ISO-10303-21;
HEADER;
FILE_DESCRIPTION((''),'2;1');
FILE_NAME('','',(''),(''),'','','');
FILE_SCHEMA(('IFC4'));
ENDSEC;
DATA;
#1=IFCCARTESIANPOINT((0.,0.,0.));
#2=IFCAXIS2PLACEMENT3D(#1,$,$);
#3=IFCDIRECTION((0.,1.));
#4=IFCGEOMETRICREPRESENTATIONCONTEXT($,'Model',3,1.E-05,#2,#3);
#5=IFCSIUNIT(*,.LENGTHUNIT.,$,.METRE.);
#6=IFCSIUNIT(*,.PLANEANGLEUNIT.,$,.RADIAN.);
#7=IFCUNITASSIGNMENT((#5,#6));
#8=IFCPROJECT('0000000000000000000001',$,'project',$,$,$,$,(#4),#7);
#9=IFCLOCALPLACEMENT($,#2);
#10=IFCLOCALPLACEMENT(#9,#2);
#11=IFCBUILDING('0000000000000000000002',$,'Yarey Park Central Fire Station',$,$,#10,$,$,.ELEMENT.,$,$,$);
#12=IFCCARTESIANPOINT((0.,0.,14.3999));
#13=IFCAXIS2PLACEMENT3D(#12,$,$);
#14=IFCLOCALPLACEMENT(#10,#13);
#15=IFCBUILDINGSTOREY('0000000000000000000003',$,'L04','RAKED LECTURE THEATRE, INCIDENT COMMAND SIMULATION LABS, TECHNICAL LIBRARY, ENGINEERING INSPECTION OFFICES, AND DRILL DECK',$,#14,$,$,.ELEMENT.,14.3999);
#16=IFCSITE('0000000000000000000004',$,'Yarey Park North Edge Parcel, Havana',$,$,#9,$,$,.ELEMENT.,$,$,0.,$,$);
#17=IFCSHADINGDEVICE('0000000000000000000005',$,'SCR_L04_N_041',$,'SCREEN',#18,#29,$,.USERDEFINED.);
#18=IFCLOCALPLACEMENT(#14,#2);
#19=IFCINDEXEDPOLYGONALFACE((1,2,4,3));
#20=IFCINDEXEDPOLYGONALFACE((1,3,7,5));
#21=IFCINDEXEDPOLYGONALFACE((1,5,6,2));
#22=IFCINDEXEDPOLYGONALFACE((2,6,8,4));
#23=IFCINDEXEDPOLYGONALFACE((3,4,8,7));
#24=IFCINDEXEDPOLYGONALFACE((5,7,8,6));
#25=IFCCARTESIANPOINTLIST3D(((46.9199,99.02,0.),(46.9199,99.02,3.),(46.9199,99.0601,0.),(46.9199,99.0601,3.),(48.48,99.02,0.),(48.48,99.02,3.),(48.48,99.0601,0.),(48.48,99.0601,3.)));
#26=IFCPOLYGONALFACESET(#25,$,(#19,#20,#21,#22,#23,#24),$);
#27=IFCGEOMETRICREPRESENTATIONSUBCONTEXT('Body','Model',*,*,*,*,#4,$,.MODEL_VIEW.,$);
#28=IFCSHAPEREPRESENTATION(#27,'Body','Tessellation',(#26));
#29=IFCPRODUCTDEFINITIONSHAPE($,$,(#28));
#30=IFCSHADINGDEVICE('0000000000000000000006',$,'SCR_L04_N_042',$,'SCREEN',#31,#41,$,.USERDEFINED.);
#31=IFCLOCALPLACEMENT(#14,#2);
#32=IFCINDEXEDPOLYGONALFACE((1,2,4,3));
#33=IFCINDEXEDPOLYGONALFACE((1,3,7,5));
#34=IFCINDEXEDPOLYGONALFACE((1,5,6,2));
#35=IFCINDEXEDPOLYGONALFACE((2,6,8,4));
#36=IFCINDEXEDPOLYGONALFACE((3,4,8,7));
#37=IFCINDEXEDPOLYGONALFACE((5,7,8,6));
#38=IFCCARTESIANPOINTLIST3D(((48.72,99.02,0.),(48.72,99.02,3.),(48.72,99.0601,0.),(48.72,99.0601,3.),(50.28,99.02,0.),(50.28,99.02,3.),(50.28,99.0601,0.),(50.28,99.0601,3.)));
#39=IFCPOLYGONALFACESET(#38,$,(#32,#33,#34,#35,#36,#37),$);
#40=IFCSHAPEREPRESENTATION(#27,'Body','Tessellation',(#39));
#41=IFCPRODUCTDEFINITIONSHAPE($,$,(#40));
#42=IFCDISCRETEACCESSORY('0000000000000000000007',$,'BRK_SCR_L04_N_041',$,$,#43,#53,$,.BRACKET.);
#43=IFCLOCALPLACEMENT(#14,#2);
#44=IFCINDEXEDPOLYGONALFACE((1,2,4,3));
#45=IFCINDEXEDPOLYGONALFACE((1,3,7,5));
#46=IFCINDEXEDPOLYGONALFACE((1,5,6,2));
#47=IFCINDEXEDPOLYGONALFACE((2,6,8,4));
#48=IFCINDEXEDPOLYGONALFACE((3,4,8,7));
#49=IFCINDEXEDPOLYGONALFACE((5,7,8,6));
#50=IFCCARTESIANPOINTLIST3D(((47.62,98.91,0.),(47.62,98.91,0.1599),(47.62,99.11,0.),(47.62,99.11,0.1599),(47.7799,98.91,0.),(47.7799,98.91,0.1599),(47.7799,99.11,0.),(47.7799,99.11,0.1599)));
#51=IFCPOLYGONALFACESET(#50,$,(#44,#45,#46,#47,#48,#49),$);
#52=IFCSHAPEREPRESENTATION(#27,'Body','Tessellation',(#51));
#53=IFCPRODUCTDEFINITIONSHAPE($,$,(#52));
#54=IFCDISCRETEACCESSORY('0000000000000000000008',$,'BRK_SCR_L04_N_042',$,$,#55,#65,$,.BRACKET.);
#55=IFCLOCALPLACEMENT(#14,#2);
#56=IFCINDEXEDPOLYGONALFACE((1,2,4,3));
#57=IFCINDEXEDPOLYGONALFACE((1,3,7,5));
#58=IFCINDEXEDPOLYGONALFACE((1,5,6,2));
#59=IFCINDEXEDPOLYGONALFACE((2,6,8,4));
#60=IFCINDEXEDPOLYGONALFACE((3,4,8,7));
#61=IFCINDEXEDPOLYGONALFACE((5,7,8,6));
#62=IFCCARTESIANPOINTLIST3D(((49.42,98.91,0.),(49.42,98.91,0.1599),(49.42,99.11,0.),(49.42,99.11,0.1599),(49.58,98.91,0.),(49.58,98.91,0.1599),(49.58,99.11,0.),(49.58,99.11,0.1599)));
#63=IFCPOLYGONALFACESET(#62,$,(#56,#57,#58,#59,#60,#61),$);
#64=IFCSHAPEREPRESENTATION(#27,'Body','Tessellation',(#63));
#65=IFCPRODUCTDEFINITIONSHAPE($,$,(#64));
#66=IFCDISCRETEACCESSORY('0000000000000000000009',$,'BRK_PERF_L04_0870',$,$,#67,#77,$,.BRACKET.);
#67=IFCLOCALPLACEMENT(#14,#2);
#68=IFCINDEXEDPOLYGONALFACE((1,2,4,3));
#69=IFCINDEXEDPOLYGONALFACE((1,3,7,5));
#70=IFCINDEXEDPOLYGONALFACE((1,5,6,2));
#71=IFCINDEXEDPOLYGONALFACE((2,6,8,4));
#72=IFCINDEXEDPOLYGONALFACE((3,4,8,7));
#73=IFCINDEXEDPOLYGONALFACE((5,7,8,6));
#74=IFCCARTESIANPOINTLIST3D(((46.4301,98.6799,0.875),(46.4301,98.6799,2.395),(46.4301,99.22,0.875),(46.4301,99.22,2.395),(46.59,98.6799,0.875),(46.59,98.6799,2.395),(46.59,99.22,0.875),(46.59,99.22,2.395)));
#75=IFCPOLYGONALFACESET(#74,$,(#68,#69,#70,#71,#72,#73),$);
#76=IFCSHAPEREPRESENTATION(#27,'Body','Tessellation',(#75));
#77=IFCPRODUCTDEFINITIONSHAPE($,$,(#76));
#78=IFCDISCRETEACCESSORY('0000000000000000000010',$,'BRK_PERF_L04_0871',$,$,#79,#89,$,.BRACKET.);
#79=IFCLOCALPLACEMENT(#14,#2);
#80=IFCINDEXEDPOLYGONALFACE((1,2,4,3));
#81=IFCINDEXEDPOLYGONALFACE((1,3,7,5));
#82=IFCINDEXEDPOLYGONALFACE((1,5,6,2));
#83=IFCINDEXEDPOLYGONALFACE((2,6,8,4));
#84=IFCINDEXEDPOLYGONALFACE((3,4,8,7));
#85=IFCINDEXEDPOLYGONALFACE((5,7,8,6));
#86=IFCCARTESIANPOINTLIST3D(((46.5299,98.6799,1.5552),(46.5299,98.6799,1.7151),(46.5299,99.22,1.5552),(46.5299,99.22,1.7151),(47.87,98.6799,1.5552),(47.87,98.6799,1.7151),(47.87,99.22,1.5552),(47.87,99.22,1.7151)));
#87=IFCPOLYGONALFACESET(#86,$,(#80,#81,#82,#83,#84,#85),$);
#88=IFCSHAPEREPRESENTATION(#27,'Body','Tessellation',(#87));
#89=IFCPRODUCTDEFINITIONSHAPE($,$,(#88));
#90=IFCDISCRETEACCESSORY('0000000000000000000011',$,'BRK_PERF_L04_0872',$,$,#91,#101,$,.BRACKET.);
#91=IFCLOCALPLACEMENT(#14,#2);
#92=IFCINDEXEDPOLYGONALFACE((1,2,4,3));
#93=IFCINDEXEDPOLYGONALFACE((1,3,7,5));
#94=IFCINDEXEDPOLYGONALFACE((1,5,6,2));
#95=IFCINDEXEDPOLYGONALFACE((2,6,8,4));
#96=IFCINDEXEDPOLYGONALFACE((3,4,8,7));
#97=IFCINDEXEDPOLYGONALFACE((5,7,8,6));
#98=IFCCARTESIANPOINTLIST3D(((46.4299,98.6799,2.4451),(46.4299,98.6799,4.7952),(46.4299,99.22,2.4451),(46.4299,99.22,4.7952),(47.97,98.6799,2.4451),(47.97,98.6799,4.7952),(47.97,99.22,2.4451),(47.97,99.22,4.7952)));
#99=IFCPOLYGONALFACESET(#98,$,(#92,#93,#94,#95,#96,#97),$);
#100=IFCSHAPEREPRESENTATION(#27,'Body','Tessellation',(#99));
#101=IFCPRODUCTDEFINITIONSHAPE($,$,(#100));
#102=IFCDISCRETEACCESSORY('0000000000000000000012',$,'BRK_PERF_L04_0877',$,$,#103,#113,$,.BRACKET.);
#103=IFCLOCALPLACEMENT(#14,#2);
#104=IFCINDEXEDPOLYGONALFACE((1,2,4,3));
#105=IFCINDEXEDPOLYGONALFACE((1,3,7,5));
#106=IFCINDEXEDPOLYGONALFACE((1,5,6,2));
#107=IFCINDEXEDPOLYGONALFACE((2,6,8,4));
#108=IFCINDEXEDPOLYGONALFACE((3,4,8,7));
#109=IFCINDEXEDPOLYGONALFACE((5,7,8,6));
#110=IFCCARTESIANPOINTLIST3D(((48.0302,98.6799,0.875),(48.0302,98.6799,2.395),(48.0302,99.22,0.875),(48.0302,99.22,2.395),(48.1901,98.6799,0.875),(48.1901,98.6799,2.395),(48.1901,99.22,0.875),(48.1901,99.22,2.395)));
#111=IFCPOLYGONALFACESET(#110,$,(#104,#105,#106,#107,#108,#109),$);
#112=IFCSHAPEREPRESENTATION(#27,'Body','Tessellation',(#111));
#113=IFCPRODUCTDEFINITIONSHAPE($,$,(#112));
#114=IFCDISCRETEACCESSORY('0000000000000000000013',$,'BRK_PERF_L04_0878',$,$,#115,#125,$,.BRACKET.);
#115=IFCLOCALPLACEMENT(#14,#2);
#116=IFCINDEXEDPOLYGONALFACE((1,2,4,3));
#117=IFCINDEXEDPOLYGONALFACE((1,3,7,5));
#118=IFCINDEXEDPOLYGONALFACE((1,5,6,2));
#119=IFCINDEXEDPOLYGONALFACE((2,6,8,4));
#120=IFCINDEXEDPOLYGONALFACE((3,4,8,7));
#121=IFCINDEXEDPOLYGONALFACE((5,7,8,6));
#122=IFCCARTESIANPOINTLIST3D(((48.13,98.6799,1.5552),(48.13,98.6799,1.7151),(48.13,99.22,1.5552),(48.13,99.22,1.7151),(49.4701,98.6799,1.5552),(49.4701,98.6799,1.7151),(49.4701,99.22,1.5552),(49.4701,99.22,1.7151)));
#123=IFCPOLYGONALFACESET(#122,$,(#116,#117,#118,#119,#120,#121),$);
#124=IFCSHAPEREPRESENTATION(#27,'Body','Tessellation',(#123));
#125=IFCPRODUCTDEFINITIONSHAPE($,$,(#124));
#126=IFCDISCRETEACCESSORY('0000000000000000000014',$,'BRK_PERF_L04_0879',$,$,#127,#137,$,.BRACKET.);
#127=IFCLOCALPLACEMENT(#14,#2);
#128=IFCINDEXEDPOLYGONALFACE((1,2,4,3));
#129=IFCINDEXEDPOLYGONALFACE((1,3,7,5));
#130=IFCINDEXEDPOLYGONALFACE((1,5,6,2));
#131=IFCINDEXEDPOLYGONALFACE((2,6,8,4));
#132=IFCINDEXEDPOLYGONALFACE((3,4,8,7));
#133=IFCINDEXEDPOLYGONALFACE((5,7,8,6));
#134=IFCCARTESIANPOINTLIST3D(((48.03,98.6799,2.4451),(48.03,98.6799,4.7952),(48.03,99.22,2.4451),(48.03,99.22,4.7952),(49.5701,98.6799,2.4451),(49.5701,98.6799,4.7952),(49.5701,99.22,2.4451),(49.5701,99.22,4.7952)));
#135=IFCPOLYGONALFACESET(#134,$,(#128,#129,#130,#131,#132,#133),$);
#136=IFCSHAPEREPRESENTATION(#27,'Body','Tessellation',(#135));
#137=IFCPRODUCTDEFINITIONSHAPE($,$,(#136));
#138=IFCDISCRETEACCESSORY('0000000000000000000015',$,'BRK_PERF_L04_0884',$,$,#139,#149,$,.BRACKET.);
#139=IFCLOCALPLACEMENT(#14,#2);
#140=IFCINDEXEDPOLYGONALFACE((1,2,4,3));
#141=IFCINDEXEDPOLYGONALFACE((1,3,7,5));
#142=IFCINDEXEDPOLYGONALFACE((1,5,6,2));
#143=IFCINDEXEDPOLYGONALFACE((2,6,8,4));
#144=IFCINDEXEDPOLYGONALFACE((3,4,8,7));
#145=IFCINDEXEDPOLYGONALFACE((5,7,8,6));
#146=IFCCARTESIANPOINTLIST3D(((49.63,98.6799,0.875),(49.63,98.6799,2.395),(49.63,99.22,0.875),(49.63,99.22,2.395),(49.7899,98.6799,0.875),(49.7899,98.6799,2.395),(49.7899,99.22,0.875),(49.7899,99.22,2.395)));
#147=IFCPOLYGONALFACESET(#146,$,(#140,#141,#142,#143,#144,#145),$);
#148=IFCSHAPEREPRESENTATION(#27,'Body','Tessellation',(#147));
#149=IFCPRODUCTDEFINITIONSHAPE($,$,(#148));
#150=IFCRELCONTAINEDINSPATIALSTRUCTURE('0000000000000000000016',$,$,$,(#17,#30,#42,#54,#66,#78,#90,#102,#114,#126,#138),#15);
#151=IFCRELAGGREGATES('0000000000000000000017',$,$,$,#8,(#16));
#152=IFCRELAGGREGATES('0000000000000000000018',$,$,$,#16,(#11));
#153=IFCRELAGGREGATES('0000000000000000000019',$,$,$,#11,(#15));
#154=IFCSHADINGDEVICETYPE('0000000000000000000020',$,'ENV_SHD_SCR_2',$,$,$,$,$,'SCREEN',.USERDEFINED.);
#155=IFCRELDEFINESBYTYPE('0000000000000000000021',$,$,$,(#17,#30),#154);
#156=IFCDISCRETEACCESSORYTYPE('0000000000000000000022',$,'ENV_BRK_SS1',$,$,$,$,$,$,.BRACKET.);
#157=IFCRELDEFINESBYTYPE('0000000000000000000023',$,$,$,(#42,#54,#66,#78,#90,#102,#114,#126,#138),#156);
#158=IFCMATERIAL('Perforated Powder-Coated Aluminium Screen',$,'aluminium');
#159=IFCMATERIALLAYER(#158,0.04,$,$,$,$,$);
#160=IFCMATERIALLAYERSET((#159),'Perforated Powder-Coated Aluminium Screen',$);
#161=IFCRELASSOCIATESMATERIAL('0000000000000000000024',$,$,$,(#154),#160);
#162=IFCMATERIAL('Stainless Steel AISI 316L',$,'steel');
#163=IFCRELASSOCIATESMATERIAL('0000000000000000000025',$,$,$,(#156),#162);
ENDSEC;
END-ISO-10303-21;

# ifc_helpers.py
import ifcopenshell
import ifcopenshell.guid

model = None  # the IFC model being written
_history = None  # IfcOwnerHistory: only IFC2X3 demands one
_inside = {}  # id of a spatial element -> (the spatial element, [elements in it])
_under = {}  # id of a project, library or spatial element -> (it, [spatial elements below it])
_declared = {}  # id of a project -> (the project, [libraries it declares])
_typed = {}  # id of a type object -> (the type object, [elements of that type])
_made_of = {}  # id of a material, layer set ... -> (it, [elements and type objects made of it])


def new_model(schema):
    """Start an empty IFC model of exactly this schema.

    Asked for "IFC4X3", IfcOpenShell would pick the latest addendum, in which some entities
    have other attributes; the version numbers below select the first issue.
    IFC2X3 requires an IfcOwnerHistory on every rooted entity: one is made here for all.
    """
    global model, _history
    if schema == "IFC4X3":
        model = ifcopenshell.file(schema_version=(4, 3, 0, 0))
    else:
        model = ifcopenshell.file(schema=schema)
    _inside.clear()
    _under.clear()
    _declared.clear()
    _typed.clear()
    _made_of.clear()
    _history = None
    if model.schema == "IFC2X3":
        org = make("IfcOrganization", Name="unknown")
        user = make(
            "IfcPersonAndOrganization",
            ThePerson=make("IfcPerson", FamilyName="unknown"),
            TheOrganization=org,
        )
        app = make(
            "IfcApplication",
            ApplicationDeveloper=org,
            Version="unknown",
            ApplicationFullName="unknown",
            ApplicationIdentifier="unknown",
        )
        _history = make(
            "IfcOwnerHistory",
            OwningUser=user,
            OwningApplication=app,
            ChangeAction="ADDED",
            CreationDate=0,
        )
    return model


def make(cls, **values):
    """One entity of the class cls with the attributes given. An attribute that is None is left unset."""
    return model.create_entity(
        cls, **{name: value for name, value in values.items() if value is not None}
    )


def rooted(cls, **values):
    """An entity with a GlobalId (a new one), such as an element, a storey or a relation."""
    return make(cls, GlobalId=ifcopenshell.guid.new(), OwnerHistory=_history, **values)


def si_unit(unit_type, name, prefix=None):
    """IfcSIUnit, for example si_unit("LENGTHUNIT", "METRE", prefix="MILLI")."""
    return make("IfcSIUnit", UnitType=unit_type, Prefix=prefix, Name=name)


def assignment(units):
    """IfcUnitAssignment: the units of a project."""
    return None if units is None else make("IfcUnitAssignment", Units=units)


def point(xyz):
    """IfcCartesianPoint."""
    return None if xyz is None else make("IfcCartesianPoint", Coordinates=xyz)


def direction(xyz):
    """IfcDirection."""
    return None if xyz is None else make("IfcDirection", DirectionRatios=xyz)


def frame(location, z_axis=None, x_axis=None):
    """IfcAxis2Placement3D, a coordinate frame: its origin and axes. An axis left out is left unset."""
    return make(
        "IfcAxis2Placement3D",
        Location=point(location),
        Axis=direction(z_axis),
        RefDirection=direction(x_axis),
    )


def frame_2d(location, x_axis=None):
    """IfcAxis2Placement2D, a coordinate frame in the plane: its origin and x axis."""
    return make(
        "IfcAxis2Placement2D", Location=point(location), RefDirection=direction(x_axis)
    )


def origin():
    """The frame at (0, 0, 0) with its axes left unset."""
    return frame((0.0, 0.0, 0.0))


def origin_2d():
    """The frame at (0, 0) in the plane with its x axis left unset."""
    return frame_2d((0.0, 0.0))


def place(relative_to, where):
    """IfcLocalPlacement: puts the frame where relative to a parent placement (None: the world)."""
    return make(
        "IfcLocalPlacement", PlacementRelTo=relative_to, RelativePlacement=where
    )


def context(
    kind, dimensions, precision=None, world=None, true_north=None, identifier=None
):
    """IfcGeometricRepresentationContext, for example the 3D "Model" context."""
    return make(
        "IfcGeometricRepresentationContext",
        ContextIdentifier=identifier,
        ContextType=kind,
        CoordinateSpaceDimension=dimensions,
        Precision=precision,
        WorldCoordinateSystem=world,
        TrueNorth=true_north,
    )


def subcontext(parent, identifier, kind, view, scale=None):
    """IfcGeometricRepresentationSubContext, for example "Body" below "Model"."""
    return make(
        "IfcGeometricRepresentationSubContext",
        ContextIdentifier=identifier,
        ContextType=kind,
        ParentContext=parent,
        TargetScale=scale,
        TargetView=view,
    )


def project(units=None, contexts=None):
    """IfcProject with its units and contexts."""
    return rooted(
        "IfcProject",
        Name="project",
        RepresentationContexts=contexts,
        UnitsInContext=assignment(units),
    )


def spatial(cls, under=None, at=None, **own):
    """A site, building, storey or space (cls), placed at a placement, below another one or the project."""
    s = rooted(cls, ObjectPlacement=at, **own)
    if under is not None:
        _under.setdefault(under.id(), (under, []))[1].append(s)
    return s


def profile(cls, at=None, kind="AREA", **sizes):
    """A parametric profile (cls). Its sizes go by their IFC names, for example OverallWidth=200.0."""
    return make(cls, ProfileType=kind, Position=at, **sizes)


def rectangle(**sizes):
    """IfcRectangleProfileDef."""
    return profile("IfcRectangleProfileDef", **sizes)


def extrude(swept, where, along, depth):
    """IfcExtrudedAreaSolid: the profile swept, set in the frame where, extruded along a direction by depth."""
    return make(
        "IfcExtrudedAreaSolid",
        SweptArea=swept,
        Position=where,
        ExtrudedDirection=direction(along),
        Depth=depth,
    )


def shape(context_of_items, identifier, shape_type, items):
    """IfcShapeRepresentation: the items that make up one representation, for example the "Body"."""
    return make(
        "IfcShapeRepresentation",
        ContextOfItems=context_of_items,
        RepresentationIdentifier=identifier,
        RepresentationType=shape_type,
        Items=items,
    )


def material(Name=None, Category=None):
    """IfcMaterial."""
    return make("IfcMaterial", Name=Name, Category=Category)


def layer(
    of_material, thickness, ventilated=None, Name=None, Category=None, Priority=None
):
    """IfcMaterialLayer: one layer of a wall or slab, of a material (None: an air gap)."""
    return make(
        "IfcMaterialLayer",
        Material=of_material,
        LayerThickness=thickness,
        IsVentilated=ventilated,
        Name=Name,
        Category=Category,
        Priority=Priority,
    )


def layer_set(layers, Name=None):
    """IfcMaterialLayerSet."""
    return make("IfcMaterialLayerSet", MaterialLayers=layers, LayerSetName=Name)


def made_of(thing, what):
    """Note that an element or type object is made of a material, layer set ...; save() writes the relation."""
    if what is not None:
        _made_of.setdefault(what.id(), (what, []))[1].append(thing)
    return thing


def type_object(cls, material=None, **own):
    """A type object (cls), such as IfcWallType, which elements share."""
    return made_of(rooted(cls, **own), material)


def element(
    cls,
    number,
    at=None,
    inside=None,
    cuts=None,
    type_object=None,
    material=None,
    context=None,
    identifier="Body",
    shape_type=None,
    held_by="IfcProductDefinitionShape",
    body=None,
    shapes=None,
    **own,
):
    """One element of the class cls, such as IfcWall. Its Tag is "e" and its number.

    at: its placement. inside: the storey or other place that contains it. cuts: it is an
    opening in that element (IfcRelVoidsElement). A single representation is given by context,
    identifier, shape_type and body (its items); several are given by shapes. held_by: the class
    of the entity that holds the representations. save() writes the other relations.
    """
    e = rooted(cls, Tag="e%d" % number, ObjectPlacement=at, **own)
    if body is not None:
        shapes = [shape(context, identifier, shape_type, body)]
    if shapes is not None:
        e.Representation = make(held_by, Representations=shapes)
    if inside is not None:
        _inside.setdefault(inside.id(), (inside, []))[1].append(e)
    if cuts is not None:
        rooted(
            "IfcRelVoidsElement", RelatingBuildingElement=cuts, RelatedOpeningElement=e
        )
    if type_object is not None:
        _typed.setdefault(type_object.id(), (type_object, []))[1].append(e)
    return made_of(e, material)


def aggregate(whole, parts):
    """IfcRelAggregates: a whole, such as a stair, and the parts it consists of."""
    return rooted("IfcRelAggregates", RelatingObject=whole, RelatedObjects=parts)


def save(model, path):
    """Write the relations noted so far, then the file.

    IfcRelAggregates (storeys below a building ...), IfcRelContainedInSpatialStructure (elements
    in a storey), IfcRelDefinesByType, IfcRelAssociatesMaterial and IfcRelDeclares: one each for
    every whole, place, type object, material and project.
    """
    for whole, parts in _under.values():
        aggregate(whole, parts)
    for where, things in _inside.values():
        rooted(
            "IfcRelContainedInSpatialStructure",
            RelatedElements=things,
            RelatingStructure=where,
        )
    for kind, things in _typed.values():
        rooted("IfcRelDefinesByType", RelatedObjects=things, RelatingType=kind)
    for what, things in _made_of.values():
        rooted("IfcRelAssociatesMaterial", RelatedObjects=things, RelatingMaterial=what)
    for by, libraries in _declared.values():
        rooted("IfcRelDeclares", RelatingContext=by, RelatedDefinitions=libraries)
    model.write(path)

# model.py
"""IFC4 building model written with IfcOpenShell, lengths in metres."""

from ifc_helpers import new_model, si_unit, direction, frame, origin, origin_2d, place, context, subcontext, project, spatial, rectangle, extrude, material, layer, layer_set, type_object, element, save


model = new_model("IFC4")

# Units and contexts
model_context = context("Model", 3, precision=1e-05, world=origin(), true_north=direction((0.0, 1.0)))
body_context = subcontext(model_context, "Body", "Model", "MODEL_VIEW")
ifc_project = project(units=[si_unit("LENGTHUNIT", "METRE"), si_unit("PLANEANGLEUNIT", "RADIAN")], contexts=[model_context])

# Site, building, storey
site_placement = place(None, origin())
site = spatial("IfcSite", under=ifc_project, at=site_placement, Name="Yarey Park North Edge Parcel, Havana", CompositionType="ELEMENT", RefElevation=0.0)
building_placement = place(site_placement, origin())
building = spatial("IfcBuilding", under=site, at=building_placement, Name="Yarey Park Central Fire Station", CompositionType="ELEMENT")
storey_placement = place(building_placement, frame((0.0, 0.0, 14.3999)))
storey = spatial("IfcBuildingStorey", under=building, at=storey_placement, Name="L04", Description="RAKED LECTURE THEATRE, INCIDENT COMMAND SIMULATION LABS, TECHNICAL LIBRARY, ENGINEERING INSPECTION OFFICES, AND DRILL DECK", CompositionType="ELEMENT", Elevation=14.3999)

# Shading devices
ifc_material_1 = material(Name="Perforated Powder-Coated Aluminium Screen", Category="aluminium")
ifc_layer_1 = layer(ifc_material_1, 0.04)
ifc_layer_set_1 = layer_set([ifc_layer_1], Name="Perforated Powder-Coated Aluminium Screen")
shading_device_type = type_object("IfcShadingDeviceType", Name="ENV_SHD_SCR_2", ElementType="SCREEN", PredefinedType="USERDEFINED", material=ifc_layer_set_1)
for number, where, z_axis, x_axis, name in (
    (1, (47.7, 99.04, 0.0), (0.0, 0.0, 1.0), (1.0, 0.0, 0.0), "SCR_L04_N_041"),
    (2, (49.5, 99.04, 0.0), (0.0, 0.0, 1.0), (1.0, 0.0, 0.0), "SCR_L04_N_042"),
):
    element("IfcShadingDevice", number, at=place(storey_placement, frame(where, z_axis=z_axis, x_axis=x_axis)), inside=storey, type_object=shading_device_type, Name=name, ObjectType="SCREEN", PredefinedType="USERDEFINED", context=body_context, shape_type="SweptSolid", body=[
        extrude(rectangle(XDim=1.5601, YDim=0.04, at=origin_2d()), origin(), (0.0, 0.0, 1.0), 3.0),
    ])

# Discrete accessories
ifc_material_2 = material(Name="Stainless Steel AISI 316L", Category="steel")
discrete_accessory_type = type_object("IfcDiscreteAccessoryType", Name="ENV_BRK_SS1", PredefinedType="BRACKET", material=ifc_material_2)
for number, where, z_axis, x_axis, name in (
    (3, (47.7, 99.01, 0.0), (0.0, 0.0, 1.0), (1.0, 0.0, 0.0), "BRK_SCR_L04_N_041"),
    (4, (49.5, 99.01, 0.0), (0.0, 0.0, 1.0), (1.0, 0.0, 0.0), "BRK_SCR_L04_N_042"),
):
    element("IfcDiscreteAccessory", number, at=place(storey_placement, frame(where, z_axis=z_axis, x_axis=x_axis)), inside=storey, type_object=discrete_accessory_type, Name=name, PredefinedType="BRACKET", context=body_context, shape_type="SweptSolid", body=[
        extrude(rectangle(XDim=0.1599, YDim=0.2, at=origin_2d()), origin(), (0.0, 0.0, 1.0), 0.1599),
    ])
discrete_accessory_1_placement = place(storey_placement, frame((46.51, 98.95, 0.875), z_axis=(0.0, 0.0, 1.0), x_axis=(1.0, 0.0, 0.0)))
element("IfcDiscreteAccessory", 5, at=discrete_accessory_1_placement, inside=storey, type_object=discrete_accessory_type, Name="BRK_PERF_L04_0870", PredefinedType="BRACKET", context=body_context, shape_type="SweptSolid", body=[
    extrude(rectangle(XDim=0.1599, YDim=0.54, at=origin_2d()), origin(), (0.0, 0.0, 1.0), 1.52),
])
discrete_accessory_2_placement = place(storey_placement, frame((47.2, 98.95, 1.5552), z_axis=(0.0, 0.0, 1.0), x_axis=(1.0, 0.0, 0.0)))
element("IfcDiscreteAccessory", 6, at=discrete_accessory_2_placement, inside=storey, type_object=discrete_accessory_type, Name="BRK_PERF_L04_0871", PredefinedType="BRACKET", context=body_context, shape_type="SweptSolid", body=[
    extrude(rectangle(XDim=1.3401, YDim=0.54, at=origin_2d()), origin(), (0.0, 0.0, 1.0), 0.1599),
])
discrete_accessory_3_placement = place(storey_placement, frame((47.2, 98.95, 2.4451), z_axis=(0.0, 0.0, 1.0), x_axis=(1.0, 0.0, 0.0)))
element("IfcDiscreteAccessory", 7, at=discrete_accessory_3_placement, inside=storey, type_object=discrete_accessory_type, Name="BRK_PERF_L04_0872", PredefinedType="BRACKET", context=body_context, shape_type="SweptSolid", body=[
    extrude(rectangle(XDim=1.54, YDim=0.54, at=origin_2d()), origin(), (0.0, 0.0, 1.0), 2.3501),
])
discrete_accessory_4_placement = place(storey_placement, frame((48.1101, 98.95, 0.875), z_axis=(0.0, 0.0, 1.0), x_axis=(1.0, 0.0, 0.0)))
element("IfcDiscreteAccessory", 8, at=discrete_accessory_4_placement, inside=storey, type_object=discrete_accessory_type, Name="BRK_PERF_L04_0877", PredefinedType="BRACKET", context=body_context, shape_type="SweptSolid", body=[
    extrude(rectangle(XDim=0.1599, YDim=0.54, at=origin_2d()), origin(), (0.0, 0.0, 1.0), 1.52),
])
discrete_accessory_5_placement = place(storey_placement, frame((48.8, 98.95, 1.5552), z_axis=(0.0, 0.0, 1.0), x_axis=(1.0, 0.0, 0.0)))
element("IfcDiscreteAccessory", 9, at=discrete_accessory_5_placement, inside=storey, type_object=discrete_accessory_type, Name="BRK_PERF_L04_0878", PredefinedType="BRACKET", context=body_context, shape_type="SweptSolid", body=[
    extrude(rectangle(XDim=1.3401, YDim=0.54, at=origin_2d()), origin(), (0.0, 0.0, 1.0), 0.1599),
])
discrete_accessory_6_placement = place(storey_placement, frame((48.8, 98.95, 2.4451), z_axis=(0.0, 0.0, 1.0), x_axis=(1.0, 0.0, 0.0)))
element("IfcDiscreteAccessory", 10, at=discrete_accessory_6_placement, inside=storey, type_object=discrete_accessory_type, Name="BRK_PERF_L04_0879", PredefinedType="BRACKET", context=body_context, shape_type="SweptSolid", body=[
    extrude(rectangle(XDim=1.54, YDim=0.54, at=origin_2d()), origin(), (0.0, 0.0, 1.0), 2.3501),
])
discrete_accessory_7_placement = place(storey_placement, frame((49.71, 98.95, 0.875), z_axis=(0.0, 0.0, 1.0), x_axis=(1.0, 0.0, 0.0)))
element("IfcDiscreteAccessory", 11, at=discrete_accessory_7_placement, inside=storey, type_object=discrete_accessory_type, Name="BRK_PERF_L04_0884", PredefinedType="BRACKET", context=body_context, shape_type="SweptSolid", body=[
    extrude(rectangle(XDim=0.1599, YDim=0.54, at=origin_2d()), origin(), (0.0, 0.0, 1.0), 1.52),
])

save(model, "model.ifc")
